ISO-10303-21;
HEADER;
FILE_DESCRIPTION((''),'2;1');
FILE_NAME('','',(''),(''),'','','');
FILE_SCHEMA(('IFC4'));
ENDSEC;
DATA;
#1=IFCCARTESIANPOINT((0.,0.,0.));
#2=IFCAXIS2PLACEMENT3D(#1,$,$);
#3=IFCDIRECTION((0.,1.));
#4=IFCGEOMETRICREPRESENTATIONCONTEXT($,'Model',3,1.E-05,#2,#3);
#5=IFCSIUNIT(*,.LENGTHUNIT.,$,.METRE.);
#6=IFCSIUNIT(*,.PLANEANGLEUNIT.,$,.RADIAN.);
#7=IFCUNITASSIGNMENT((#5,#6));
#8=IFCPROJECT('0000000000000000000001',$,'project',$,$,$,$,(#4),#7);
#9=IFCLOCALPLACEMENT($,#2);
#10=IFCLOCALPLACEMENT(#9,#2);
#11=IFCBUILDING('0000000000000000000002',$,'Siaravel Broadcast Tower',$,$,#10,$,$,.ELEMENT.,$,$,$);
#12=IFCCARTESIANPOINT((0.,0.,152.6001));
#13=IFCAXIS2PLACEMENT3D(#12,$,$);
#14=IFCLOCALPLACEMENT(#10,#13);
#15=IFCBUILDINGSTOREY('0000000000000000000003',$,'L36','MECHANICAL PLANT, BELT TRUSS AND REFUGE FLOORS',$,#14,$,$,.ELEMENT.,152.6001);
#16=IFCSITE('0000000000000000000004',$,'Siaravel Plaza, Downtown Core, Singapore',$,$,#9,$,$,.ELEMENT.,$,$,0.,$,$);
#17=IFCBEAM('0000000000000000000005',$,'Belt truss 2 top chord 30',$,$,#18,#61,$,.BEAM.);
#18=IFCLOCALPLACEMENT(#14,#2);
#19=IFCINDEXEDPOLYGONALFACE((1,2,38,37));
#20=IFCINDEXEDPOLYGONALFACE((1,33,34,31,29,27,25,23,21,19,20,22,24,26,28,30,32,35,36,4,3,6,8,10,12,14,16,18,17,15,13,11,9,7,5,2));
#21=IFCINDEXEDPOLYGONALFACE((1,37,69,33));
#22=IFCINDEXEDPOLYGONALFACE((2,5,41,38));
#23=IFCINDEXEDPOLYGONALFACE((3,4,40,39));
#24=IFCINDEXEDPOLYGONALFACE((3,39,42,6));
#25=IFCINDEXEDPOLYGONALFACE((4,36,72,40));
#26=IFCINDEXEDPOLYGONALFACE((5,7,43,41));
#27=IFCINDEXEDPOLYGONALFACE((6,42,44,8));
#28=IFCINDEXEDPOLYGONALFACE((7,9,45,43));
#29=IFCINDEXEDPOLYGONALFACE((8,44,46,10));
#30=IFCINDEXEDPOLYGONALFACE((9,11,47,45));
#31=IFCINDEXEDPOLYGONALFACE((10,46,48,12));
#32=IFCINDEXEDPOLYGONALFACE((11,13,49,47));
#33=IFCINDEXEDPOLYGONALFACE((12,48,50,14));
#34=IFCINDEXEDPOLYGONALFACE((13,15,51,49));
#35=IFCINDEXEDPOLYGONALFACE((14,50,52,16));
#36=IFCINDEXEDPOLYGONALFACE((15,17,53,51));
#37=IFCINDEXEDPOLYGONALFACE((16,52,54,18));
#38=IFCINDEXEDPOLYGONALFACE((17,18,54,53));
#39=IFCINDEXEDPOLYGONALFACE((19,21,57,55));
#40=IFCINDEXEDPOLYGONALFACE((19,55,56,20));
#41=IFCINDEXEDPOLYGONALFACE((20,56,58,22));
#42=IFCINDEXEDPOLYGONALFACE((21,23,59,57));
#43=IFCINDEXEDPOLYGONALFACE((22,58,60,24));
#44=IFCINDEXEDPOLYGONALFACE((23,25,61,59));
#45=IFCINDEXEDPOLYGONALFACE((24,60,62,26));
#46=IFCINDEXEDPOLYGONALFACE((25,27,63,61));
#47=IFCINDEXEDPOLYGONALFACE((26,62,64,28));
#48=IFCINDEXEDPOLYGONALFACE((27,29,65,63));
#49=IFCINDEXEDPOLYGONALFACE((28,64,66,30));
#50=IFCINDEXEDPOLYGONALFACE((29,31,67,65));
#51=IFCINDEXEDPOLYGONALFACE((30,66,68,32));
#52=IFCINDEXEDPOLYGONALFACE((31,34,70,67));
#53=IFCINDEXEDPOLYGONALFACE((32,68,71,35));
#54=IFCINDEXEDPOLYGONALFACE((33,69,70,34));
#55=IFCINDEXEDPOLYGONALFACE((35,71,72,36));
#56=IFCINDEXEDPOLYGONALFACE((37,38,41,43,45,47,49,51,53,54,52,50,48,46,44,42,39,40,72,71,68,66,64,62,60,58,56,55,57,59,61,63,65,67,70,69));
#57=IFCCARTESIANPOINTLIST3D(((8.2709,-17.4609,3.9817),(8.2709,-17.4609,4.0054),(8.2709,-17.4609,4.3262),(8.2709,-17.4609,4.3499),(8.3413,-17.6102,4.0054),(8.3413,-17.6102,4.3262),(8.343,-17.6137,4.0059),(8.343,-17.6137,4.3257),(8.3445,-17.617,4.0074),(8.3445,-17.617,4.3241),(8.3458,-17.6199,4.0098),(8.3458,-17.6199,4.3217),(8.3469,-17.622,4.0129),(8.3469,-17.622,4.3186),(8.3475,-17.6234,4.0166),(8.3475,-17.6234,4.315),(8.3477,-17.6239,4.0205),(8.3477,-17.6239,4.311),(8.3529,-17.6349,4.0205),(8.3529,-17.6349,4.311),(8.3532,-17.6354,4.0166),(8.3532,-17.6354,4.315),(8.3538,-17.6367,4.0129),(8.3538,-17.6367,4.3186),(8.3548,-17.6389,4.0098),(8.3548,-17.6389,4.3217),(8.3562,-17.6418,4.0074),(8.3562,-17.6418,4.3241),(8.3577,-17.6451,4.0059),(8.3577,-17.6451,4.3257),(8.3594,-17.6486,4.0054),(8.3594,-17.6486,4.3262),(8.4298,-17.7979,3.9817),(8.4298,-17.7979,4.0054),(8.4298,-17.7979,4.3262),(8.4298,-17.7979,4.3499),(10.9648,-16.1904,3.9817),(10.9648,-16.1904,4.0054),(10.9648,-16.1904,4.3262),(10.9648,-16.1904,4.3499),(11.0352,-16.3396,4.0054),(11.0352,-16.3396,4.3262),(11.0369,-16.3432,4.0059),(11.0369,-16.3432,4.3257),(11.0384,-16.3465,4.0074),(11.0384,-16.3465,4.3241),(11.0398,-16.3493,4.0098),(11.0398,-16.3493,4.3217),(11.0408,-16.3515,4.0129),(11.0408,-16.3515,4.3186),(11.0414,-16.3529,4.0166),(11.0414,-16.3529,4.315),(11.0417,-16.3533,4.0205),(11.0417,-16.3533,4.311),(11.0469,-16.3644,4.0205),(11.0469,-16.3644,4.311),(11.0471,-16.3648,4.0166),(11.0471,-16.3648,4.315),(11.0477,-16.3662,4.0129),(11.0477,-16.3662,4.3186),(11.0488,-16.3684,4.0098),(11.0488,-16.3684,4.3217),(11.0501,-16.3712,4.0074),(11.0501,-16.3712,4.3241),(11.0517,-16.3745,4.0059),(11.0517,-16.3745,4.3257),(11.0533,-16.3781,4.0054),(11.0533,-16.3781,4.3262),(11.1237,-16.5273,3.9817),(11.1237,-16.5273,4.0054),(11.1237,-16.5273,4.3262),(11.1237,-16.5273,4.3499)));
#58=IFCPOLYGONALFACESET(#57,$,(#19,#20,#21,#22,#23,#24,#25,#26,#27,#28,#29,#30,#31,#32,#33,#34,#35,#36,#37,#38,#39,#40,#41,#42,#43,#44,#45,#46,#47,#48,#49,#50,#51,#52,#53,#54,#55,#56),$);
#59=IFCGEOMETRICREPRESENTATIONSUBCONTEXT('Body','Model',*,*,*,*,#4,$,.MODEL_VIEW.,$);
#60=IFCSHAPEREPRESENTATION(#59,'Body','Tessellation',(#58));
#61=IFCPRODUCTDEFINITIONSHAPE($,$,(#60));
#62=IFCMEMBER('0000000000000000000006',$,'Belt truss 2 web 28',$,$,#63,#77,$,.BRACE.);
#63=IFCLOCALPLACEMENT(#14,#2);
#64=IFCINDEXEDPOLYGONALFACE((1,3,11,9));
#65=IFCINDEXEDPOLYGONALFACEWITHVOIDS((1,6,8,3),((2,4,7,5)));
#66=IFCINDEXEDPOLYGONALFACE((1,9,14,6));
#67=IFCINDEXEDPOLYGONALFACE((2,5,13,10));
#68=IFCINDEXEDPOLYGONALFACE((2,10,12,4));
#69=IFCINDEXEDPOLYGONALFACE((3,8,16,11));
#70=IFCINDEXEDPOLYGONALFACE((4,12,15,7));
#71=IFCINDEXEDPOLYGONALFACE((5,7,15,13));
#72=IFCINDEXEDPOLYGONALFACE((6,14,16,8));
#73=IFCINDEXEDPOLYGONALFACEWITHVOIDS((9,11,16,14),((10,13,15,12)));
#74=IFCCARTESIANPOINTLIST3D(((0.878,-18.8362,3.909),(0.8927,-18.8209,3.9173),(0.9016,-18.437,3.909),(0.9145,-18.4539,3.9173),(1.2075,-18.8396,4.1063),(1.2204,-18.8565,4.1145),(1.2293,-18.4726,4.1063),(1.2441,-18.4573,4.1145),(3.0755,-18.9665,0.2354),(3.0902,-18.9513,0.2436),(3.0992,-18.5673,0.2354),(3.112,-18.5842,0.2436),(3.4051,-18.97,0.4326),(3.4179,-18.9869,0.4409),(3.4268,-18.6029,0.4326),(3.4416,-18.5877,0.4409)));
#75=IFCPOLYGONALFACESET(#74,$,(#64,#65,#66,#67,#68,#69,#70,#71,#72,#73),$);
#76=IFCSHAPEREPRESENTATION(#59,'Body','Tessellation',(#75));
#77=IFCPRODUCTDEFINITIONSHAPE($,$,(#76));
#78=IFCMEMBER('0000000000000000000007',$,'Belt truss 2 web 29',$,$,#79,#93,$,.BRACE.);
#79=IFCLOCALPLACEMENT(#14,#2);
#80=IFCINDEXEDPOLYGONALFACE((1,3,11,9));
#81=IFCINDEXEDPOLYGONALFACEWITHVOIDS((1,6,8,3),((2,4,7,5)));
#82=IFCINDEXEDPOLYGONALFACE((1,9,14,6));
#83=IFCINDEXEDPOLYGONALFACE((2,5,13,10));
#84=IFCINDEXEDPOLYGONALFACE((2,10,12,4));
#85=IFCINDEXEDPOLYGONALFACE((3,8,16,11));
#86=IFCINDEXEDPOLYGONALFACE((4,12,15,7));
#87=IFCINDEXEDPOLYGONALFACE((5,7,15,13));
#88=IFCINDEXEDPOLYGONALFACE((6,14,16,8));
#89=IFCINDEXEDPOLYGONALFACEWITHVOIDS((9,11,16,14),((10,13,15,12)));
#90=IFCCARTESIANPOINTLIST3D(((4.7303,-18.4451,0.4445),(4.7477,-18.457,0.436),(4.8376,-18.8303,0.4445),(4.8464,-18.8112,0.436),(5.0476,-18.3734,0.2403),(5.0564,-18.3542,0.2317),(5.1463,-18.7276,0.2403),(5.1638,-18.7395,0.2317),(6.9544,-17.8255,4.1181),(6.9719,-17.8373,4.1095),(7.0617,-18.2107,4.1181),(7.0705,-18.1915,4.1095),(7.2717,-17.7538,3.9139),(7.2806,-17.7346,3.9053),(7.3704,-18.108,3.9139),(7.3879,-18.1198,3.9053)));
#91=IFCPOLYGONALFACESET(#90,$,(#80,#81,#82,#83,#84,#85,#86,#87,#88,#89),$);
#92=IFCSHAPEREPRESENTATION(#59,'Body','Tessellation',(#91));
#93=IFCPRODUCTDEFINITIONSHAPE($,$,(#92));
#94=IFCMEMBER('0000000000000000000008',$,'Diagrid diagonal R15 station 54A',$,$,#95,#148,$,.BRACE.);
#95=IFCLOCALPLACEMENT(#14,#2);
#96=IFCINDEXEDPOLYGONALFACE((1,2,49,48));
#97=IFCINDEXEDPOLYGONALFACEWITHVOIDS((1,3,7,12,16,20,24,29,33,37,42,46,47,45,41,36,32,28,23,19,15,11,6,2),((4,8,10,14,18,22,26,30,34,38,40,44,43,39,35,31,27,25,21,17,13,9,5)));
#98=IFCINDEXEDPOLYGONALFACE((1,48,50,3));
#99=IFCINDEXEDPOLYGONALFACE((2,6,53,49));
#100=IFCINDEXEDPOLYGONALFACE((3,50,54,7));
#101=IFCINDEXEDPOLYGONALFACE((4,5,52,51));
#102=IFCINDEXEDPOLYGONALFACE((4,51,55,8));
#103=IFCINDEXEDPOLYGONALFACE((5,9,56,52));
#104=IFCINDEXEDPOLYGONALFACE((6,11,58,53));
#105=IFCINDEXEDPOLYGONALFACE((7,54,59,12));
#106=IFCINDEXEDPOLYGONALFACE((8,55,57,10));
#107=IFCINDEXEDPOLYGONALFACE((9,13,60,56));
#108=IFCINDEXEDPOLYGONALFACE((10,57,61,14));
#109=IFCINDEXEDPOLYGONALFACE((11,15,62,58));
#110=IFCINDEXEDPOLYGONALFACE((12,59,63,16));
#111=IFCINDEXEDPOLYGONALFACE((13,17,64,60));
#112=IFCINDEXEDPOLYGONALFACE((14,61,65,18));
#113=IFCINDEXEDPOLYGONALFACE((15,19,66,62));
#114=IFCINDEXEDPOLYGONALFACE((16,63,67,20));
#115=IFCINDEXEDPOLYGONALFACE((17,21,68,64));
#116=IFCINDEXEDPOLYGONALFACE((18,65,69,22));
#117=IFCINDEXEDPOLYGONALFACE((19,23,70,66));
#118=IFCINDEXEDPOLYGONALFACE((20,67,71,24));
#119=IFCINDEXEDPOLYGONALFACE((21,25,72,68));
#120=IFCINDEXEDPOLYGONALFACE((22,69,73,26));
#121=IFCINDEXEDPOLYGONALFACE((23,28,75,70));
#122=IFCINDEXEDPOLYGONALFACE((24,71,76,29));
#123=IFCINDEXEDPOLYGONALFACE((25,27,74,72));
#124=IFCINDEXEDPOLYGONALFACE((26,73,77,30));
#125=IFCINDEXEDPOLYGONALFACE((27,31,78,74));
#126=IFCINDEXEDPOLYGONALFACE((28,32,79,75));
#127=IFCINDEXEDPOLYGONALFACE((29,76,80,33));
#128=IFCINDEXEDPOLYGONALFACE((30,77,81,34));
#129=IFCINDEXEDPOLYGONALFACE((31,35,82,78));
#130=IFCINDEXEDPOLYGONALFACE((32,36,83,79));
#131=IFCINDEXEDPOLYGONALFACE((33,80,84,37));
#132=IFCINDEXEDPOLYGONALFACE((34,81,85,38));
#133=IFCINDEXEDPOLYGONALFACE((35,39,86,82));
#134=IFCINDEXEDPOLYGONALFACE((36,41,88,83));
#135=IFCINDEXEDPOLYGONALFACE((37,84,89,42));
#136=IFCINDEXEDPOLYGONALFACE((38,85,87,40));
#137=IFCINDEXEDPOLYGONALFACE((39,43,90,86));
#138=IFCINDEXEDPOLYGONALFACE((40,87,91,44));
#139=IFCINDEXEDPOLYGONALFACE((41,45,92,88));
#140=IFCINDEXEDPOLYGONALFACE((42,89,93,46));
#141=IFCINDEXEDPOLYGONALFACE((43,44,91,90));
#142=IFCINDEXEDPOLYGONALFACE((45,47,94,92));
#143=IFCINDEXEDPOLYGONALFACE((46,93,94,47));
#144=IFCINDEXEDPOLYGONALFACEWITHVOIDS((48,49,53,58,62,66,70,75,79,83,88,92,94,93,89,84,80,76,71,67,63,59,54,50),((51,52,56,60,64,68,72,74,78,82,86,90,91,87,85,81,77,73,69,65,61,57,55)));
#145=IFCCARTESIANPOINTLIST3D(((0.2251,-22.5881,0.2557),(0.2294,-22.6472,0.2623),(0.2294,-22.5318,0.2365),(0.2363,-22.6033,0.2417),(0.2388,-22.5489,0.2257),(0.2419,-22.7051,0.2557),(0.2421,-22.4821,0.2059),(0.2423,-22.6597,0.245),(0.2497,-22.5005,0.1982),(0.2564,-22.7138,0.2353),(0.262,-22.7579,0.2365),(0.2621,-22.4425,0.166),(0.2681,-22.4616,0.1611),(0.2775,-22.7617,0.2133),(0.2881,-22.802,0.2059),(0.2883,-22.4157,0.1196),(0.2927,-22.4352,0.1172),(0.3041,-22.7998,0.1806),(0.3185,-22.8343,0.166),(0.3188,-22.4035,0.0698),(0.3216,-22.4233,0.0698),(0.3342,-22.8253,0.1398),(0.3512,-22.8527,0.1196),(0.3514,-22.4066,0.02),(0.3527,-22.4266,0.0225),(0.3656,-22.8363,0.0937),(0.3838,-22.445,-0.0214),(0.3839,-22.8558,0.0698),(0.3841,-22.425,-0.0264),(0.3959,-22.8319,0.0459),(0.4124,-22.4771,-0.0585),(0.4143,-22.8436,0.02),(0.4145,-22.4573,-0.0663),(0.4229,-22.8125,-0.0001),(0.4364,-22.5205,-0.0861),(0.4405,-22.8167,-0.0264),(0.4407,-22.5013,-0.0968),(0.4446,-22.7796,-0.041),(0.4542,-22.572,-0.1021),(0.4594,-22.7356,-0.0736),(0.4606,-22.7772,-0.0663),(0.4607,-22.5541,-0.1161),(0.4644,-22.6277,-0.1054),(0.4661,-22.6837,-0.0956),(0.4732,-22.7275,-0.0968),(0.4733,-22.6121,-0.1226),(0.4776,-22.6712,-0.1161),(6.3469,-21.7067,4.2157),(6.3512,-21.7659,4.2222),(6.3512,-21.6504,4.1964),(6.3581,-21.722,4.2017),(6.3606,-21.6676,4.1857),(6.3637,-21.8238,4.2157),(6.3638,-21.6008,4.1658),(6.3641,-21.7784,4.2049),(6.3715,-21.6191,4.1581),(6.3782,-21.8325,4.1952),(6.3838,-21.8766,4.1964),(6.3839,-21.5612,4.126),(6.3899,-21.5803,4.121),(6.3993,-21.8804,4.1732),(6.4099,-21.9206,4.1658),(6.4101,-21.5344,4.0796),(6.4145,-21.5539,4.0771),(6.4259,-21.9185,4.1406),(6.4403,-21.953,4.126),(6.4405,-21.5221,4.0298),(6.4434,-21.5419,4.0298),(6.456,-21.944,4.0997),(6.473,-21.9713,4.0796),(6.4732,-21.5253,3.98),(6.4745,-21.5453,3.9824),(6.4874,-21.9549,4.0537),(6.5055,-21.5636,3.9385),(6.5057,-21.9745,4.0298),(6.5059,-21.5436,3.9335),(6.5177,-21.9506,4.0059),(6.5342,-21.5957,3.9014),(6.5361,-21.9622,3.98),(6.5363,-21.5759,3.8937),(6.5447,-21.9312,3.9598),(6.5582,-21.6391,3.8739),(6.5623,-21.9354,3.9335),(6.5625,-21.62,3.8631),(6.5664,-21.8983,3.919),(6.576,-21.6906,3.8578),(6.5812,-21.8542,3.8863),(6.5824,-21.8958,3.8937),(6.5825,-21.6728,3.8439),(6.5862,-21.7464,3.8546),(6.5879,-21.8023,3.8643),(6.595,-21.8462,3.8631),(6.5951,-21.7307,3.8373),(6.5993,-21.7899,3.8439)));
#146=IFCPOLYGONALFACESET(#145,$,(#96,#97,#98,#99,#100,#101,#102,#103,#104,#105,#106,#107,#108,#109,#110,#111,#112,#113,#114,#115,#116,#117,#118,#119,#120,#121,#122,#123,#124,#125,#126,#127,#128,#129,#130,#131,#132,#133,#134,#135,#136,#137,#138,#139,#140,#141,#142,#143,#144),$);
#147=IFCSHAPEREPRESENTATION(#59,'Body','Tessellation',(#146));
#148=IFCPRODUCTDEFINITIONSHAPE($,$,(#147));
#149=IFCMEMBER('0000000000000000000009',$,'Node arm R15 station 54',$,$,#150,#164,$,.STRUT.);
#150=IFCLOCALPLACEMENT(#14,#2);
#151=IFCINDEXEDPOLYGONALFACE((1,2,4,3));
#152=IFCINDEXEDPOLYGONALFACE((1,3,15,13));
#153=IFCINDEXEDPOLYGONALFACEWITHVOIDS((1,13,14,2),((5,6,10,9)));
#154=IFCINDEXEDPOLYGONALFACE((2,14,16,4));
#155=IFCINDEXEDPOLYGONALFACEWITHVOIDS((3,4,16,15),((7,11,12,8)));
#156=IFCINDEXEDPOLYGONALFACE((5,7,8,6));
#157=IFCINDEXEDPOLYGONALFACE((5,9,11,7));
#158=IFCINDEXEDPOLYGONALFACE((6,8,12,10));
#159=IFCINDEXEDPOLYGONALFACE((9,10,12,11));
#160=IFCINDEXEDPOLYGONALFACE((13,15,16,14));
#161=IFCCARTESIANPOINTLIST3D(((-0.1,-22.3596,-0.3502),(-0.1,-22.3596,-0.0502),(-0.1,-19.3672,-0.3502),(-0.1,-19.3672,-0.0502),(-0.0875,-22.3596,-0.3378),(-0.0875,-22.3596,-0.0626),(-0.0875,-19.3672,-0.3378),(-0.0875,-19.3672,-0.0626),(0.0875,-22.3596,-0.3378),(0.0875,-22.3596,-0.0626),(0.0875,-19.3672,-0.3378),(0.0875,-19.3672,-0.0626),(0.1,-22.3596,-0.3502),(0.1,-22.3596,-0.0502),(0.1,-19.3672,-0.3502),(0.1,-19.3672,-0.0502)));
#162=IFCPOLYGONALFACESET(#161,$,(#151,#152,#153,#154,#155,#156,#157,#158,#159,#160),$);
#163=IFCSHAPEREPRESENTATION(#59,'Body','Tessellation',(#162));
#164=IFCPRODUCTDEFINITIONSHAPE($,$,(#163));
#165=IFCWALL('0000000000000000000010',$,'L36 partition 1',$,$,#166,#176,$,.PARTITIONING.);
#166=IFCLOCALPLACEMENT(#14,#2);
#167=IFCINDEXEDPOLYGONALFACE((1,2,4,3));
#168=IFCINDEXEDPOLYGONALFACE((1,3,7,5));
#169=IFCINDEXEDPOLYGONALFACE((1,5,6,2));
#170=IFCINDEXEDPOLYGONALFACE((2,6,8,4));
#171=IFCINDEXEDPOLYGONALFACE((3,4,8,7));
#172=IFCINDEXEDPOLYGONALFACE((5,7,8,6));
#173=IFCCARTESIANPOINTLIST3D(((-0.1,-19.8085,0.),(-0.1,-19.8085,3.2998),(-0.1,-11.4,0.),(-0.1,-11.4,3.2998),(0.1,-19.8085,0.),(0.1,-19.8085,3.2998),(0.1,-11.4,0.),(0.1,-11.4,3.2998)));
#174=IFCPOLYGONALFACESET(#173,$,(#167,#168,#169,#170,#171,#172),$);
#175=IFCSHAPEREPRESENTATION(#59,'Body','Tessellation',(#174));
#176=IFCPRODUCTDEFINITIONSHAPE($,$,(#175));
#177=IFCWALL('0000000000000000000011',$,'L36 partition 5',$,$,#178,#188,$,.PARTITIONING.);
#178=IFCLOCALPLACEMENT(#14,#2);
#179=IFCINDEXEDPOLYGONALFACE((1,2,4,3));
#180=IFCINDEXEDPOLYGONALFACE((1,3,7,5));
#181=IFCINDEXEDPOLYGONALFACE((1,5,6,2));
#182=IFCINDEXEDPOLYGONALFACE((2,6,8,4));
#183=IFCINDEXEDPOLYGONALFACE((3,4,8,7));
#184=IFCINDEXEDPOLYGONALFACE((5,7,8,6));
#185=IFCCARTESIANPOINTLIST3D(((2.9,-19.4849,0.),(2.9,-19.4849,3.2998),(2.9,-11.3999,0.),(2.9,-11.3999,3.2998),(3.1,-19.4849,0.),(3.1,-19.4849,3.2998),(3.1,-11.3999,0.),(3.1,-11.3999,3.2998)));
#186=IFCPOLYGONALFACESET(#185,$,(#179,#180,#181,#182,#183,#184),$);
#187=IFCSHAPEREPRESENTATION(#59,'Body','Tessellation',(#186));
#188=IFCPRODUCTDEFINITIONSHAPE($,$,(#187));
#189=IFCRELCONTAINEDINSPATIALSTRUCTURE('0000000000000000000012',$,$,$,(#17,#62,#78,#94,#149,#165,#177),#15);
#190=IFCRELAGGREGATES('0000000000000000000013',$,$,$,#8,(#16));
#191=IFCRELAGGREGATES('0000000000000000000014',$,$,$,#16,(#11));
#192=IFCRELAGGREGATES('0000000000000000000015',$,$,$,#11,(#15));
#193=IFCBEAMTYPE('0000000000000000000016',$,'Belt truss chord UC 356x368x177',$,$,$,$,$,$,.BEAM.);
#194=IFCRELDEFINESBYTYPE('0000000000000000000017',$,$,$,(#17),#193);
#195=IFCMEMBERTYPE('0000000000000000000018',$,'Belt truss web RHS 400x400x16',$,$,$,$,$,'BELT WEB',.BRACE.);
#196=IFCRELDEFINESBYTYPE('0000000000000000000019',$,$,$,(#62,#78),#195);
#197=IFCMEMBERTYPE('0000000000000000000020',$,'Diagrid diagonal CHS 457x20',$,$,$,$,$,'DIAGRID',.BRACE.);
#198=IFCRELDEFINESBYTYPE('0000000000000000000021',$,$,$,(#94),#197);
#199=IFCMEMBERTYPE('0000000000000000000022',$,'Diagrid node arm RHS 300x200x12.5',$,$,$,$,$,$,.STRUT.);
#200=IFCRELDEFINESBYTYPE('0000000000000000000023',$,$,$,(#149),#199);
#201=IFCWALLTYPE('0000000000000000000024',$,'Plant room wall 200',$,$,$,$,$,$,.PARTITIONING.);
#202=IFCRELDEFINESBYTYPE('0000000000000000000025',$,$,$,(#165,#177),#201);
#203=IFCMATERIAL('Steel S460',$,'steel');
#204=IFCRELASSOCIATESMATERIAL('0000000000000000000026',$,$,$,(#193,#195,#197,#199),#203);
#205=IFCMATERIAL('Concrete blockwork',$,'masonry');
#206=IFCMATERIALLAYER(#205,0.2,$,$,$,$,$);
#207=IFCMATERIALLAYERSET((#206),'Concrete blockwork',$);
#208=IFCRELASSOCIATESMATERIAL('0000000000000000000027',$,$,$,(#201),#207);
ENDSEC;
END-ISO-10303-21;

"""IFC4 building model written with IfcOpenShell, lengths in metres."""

from ifc_helpers import new_model, si_unit, direction, frame, frame_2d, origin, origin_2d, place, context, subcontext, project, spatial, rectangle, hollow_rectangle, hollow_circle, i_section, extrude, material, layer, layer_set, material_profile, profile_set, type_object, element, save


model = new_model("IFC4")

# Units and contexts
model_context = context("Model", 3, precision=1e-05, world=origin(), true_north=direction((0.0, 1.0)))
body_context = subcontext(model_context, "Body", "Model", "MODEL_VIEW")
ifc_project = project(units=[si_unit("LENGTHUNIT", "METRE"), si_unit("PLANEANGLEUNIT", "RADIAN")], contexts=[model_context])

# Site, building, storey
site_placement = place(None, origin())
site = spatial("IfcSite", under=ifc_project, at=site_placement, Name="Siaravel Plaza, Downtown Core, Singapore", CompositionType="ELEMENT", RefElevation=0.0)
building_placement = place(site_placement, origin())
building = spatial("IfcBuilding", under=site, at=building_placement, Name="Siaravel Broadcast Tower", CompositionType="ELEMENT")
storey_placement = place(building_placement, frame((0.0, 0.0, 152.6001)))
storey = spatial("IfcBuildingStorey", under=building, at=storey_placement, Name="L36", Description="MECHANICAL PLANT, BELT TRUSS AND REFUGE FLOORS", CompositionType="ELEMENT", Elevation=152.6001)

# Beam
ifc_material_1 = material(Name="Steel S460", Category="steel")
ifc_material_profile_1 = material_profile(ifc_material_1, i_section(OverallWidth=0.3726, OverallDepth=0.3682, WebThickness=0.0122, FlangeThickness=0.0237, FilletRadius=0.0151, at=origin_2d()))
ifc_profile_set_1 = profile_set([ifc_material_profile_1], Name="Steel S460")
beam_type_1 = type_object("IfcBeamType", Name="Belt truss chord UC 356x368x177", PredefinedType="BEAM", material=ifc_profile_set_1)
beam_1_placement = place(storey_placement, frame((8.3503, -17.6294, 4.1658), z_axis=(0.904454, 0.426571, 0.0), x_axis=(-0.426571, 0.904454, 0.0)))
element("IfcBeam", 1, at=beam_1_placement, inside=storey, type_object=beam_type_1, Name="Belt truss 2 top chord 30", PredefinedType="BEAM", context=body_context, shape_type="SweptSolid", body=[
    extrude(i_section(OverallWidth=0.3726, OverallDepth=0.3682, WebThickness=0.0122, FlangeThickness=0.0237, FilletRadius=0.0151, at=origin_2d()), origin(), (0.0, 0.0, 1.0), 2.9785),
])

# Members
ifc_material_profile_2 = material_profile(ifc_material_1, hollow_rectangle(XDim=0.3999, YDim=0.3999, WallThickness=0.0161, at=origin_2d()))
ifc_profile_set_2 = profile_set([ifc_material_profile_2], Name="Steel S460")
member_type_1 = type_object("IfcMemberType", Name="Belt truss web RHS 400x400x16", ElementType="BELT WEB", PredefinedType="BRACE", material=ifc_profile_set_2)
member_1_placement = place(storey_placement, frame((3.2585, -18.7771, 0.3381), z_axis=(-0.513117, 0.030442, 0.857779), x_axis=(-0.059223, -0.998245, 0.0)))
element("IfcMember", 2, at=member_1_placement, inside=storey, type_object=member_type_1, Name="Belt truss 2 web 28", PredefinedType="BRACE", context=body_context, shape_type="SweptSolid", body=[
    extrude(hollow_rectangle(XDim=0.3999, YDim=0.3999, WallThickness=0.0161, at=origin_2d()), origin(), (0.0, 0.0, 1.0), 4.2827),
])
member_2_placement = place(storey_placement, frame((4.947, -18.5923, 0.3381), z_axis=(0.512603, 0.142809, 0.846667), x_axis=(-0.268375, 0.963315, 0.0)))
element("IfcMember", 3, at=member_2_placement, inside=storey, type_object=member_type_1, Name="Belt truss 2 web 29", PredefinedType="BRACE", context=body_context, shape_type="SweptSolid", body=[
    extrude(hollow_rectangle(XDim=0.3999, YDim=0.3999, WallThickness=0.0161, at=origin_2d()), origin(), (0.0, 0.0, 1.0), 4.3389),
])
ifc_material_profile_3 = material_profile(ifc_material_1, hollow_circle(Radius=0.2285, WallThickness=0.02, at=origin_2d()))
ifc_profile_set_3 = profile_set([ifc_material_profile_3], Name="Steel S460")
member_type_2 = type_object("IfcMemberType", Name="Diagrid diagonal CHS 457x20", ElementType="DIAGRID", PredefinedType="BRACE", material=ifc_profile_set_3)
member_3_placement = place(storey_placement, frame((0.3513, -22.6296, 0.0698), z_axis=(0.833578, 0.120009, 0.539208), x_axis=(-0.142499, 0.989795, 0.0)))
element("IfcMember", 4, at=member_3_placement, inside=storey, type_object=member_type_2, Name="Diagrid diagonal R15 station 54A", PredefinedType="BRACE", context=body_context, shape_type="SweptSolid", body=[
    extrude(hollow_circle(Radius=0.2285, WallThickness=0.02, at=origin_2d()), origin(), (0.0, 0.0, 1.0), 7.344),
])
ifc_material_profile_4 = material_profile(ifc_material_1, hollow_rectangle(XDim=0.2, YDim=0.3, WallThickness=0.0125, at=origin_2d()))
ifc_profile_set_4 = profile_set([ifc_material_profile_4], Name="Steel S460")
member_type_3 = type_object("IfcMemberType", Name="Diagrid node arm RHS 300x200x12.5", PredefinedType="STRUT", material=ifc_profile_set_4)
member_4_placement = place(storey_placement, frame((0.0, -19.3672, -0.2002), z_axis=(0.0, -1.0, 0.0), x_axis=(1.0, 0.0, 0.0)))
element("IfcMember", 5, at=member_4_placement, inside=storey, type_object=member_type_3, Name="Node arm R15 station 54", PredefinedType="STRUT", context=body_context, shape_type="SweptSolid", body=[
    extrude(hollow_rectangle(XDim=0.2, YDim=0.3, WallThickness=0.0125, at=origin_2d()), origin(), (0.0, 0.0, 1.0), 2.9924),
])

# Walls
ifc_material_2 = material(Name="Concrete blockwork", Category="masonry")
ifc_layer_1 = layer(ifc_material_2, 0.2)
ifc_layer_set_1 = layer_set([ifc_layer_1], Name="Concrete blockwork")
wall_type_1 = type_object("IfcWallType", Name="Plant room wall 200", PredefinedType="PARTITIONING", material=ifc_layer_set_1)
wall_1_placement = place(storey_placement, frame((0.0, -19.8083, 0.0), z_axis=(0.0, 0.0, 1.0), x_axis=(0.0, 1.0, 0.0)))
element("IfcWall", 6, at=wall_1_placement, inside=storey, type_object=wall_type_1, Name="L36 partition 1", PredefinedType="PARTITIONING", context=body_context, shape_type="SweptSolid", body=[
    extrude(rectangle(XDim=8.4084, YDim=0.2, at=frame_2d((4.2041, 0.0))), origin(), (0.0, 0.0, 1.0), 3.2998),
])
wall_2_placement = place(storey_placement, frame((3.0, -19.4849, 0.0), z_axis=(0.0, 0.0, 1.0), x_axis=(0.0, 1.0, 0.0)))
element("IfcWall", 7, at=wall_2_placement, inside=storey, type_object=wall_type_1, Name="L36 partition 5", PredefinedType="PARTITIONING", context=body_context, shape_type="SweptSolid", body=[
    extrude(rectangle(XDim=8.085, YDim=0.2, at=frame_2d((4.0425, 0.0))), origin(), (0.0, 0.0, 1.0), 3.2998),
])

save(model, "model.ifc")
